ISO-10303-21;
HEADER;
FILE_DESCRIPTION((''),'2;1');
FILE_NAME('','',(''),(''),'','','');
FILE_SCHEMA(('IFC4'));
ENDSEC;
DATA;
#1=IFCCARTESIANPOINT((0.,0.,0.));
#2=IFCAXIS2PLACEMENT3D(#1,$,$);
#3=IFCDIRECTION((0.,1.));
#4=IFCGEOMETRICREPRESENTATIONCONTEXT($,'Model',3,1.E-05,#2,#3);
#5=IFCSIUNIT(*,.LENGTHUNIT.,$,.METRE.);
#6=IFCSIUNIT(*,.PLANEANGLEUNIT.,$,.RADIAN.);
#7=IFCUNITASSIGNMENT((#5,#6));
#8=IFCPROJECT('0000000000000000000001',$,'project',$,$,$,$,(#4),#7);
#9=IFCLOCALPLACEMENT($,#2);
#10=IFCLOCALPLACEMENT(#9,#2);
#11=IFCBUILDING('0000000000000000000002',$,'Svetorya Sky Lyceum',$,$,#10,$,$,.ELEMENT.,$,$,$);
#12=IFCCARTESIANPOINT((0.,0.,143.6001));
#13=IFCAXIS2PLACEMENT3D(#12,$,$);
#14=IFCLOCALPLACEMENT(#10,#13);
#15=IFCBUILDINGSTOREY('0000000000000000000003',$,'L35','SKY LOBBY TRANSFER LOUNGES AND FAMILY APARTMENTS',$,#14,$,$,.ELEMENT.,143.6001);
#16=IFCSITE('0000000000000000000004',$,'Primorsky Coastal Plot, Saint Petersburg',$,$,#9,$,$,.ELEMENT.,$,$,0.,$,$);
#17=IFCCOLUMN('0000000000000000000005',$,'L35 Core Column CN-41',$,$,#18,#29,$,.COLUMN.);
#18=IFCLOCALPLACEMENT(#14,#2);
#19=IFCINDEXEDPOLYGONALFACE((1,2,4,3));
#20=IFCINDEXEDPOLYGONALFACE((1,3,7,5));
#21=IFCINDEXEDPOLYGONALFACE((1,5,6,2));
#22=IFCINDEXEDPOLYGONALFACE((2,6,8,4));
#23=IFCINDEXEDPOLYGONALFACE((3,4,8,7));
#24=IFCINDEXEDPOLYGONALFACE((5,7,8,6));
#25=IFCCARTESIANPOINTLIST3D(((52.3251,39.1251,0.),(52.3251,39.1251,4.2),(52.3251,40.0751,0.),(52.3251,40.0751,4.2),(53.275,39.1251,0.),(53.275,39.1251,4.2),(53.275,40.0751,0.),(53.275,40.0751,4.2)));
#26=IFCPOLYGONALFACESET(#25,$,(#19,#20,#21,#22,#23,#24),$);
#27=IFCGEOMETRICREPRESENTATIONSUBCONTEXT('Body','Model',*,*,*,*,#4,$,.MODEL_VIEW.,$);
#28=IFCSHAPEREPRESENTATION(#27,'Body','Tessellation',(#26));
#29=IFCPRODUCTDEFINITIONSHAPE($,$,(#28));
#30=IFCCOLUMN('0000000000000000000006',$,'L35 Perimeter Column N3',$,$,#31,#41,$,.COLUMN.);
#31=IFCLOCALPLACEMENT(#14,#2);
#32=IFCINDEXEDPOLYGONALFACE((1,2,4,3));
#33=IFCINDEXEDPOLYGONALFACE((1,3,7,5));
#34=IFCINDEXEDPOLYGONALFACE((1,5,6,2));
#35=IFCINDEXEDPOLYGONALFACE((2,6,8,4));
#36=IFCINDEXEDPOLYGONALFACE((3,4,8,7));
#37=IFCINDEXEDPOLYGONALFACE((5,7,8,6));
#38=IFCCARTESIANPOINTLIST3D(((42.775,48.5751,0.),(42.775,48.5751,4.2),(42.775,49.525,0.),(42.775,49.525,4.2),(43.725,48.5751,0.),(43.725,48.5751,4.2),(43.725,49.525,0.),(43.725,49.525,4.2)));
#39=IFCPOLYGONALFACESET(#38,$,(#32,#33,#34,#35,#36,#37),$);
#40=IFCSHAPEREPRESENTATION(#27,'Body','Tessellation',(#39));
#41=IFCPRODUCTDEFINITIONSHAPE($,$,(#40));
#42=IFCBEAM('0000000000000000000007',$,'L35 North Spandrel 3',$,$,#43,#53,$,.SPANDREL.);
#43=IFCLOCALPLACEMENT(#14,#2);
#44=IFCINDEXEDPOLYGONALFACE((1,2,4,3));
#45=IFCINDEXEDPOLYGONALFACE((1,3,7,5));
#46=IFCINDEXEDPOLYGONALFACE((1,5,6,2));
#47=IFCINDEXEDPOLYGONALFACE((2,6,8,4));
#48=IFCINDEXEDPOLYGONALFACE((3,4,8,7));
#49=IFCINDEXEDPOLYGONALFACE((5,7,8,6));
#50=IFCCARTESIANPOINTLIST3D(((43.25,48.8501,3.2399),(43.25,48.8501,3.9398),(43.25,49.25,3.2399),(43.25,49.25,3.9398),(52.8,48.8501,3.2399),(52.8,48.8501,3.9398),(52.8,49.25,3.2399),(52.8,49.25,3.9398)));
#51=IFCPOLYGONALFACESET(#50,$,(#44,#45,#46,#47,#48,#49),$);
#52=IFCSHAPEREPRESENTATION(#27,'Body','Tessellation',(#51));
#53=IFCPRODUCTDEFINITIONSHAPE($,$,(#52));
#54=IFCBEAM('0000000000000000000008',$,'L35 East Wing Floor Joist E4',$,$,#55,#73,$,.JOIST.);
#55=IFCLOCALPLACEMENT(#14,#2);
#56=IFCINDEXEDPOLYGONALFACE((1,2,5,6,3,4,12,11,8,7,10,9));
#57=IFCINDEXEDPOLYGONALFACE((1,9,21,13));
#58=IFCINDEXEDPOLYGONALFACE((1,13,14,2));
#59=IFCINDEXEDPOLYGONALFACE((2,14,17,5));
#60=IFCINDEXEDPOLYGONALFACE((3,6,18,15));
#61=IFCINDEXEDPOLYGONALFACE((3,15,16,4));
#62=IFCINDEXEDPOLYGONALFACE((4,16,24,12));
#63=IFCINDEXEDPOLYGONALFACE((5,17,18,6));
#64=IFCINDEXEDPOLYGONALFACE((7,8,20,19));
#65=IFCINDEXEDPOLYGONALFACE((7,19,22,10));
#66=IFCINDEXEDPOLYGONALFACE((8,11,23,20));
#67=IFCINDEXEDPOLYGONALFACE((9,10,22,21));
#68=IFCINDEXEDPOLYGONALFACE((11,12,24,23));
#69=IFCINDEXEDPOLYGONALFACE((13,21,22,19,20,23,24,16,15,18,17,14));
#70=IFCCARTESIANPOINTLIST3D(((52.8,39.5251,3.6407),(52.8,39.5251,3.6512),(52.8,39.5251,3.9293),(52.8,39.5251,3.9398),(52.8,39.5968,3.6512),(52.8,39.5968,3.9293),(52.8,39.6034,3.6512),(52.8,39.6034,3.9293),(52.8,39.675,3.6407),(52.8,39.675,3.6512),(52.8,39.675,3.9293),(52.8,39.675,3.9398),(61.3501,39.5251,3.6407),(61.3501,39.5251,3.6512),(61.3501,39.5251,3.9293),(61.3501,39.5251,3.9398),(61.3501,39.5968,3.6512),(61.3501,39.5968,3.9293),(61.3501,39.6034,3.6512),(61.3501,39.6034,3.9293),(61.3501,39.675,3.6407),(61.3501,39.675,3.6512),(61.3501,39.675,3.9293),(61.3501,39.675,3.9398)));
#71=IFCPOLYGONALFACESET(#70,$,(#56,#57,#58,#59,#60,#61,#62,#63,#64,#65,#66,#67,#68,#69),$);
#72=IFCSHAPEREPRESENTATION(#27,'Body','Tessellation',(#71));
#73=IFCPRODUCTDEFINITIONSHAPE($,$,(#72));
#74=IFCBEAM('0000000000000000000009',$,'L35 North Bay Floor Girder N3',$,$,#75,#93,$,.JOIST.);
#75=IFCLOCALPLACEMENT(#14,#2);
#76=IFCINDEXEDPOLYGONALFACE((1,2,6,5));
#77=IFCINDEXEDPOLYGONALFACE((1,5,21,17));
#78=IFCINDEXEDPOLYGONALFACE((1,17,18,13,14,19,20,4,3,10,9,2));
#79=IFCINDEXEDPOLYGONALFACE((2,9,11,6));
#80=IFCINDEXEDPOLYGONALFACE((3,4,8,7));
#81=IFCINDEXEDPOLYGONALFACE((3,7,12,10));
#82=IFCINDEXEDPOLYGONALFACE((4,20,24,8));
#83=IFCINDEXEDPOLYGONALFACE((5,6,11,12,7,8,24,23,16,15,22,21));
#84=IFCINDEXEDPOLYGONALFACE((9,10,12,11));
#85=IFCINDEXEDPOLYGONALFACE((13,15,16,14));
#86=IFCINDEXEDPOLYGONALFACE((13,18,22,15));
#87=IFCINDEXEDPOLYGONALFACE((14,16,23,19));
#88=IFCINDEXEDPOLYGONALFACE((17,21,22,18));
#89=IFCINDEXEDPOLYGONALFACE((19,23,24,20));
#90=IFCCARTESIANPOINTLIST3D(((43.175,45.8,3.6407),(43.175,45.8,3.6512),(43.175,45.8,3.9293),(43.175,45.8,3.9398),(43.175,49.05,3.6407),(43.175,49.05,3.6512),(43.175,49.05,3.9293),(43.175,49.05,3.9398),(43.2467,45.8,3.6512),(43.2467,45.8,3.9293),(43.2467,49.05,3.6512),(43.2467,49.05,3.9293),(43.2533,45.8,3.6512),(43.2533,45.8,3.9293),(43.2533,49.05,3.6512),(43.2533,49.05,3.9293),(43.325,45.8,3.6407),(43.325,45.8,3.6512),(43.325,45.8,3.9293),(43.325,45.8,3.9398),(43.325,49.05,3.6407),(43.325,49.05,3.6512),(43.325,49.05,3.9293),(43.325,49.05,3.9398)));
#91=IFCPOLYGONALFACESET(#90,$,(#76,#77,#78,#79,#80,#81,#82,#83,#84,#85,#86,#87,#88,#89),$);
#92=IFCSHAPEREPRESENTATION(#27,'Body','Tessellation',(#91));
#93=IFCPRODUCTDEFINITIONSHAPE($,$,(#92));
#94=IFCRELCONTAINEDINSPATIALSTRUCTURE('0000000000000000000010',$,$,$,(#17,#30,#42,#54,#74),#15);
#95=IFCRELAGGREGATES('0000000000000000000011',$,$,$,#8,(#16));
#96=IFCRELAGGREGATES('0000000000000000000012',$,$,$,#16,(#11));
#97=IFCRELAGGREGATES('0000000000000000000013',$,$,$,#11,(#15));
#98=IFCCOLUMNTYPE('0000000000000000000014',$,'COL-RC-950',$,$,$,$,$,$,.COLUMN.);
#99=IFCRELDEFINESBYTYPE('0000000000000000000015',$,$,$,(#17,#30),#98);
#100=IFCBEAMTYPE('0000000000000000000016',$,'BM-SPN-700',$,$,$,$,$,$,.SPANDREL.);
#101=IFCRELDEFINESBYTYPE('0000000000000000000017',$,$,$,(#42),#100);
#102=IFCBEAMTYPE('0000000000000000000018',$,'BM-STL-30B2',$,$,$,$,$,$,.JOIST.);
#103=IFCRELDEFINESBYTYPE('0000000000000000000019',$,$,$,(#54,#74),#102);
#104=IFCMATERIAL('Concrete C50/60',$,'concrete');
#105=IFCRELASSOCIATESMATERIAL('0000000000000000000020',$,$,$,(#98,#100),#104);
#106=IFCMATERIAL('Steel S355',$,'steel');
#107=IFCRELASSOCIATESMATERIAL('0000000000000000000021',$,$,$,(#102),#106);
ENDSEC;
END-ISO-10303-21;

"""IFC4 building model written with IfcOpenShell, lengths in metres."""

from ifc_helpers import new_model, si_unit, direction, frame, origin, origin_2d, place, context, subcontext, project, spatial, rectangle, i_section, extrude, material, material_profile, profile_set, type_object, element, save


model = new_model("IFC4")

# Units and contexts
model_context = context("Model", 3, precision=1e-05, world=origin(), true_north=direction((0.0, 1.0)))
body_context = subcontext(model_context, "Body", "Model", "MODEL_VIEW")
ifc_project = project(units=[si_unit("LENGTHUNIT", "METRE"), si_unit("PLANEANGLEUNIT", "RADIAN")], contexts=[model_context])

# Site, building, storey
site_placement = place(None, origin())
site = spatial("IfcSite", under=ifc_project, at=site_placement, Name="Primorsky Coastal Plot, Saint Petersburg", CompositionType="ELEMENT", RefElevation=0.0)
building_placement = place(site_placement, origin())
building = spatial("IfcBuilding", under=site, at=building_placement, Name="Svetorya Sky Lyceum", CompositionType="ELEMENT")
storey_placement = place(building_placement, frame((0.0, 0.0, 143.6001)))
storey = spatial("IfcBuildingStorey", under=building, at=storey_placement, Name="L35", Description="SKY LOBBY TRANSFER LOUNGES AND FAMILY APARTMENTS", CompositionType="ELEMENT", Elevation=143.6001)

# Columns
ifc_material_1 = material(Name="Concrete C50/60", Category="concrete")
ifc_material_profile_1 = material_profile(ifc_material_1, rectangle(XDim=0.95, YDim=0.95, at=origin_2d()), Name="RC COL 950x950")
ifc_profile_set_1 = profile_set([ifc_material_profile_1], Name="Concrete C50/60")
column_type = type_object("IfcColumnType", Name="COL-RC-950", PredefinedType="COLUMN", material=ifc_profile_set_1)
for number, where, z_axis, x_axis, name in (
    (1, (52.8, 39.6001, 0.0), (0.0, 0.0, 1.0), (1.0, 0.0, 0.0), "L35 Core Column CN-41"),
    (2, (43.25, 49.05, 0.0), (0.0, 0.0, 1.0), (1.0, 0.0, 0.0), "L35 Perimeter Column N3"),
):
    element("IfcColumn", number, at=place(storey_placement, frame(where, z_axis=z_axis, x_axis=x_axis)), inside=storey, type_object=column_type, Name=name, PredefinedType="COLUMN", context=body_context, shape_type="SweptSolid", body=[
        extrude(rectangle(XDim=0.95, YDim=0.95, at=origin_2d()), origin(), (0.0, 0.0, 1.0), 4.2),
    ])

# Beams
ifc_material_profile_2 = material_profile(ifc_material_1, rectangle(XDim=0.3999, YDim=0.7, at=origin_2d()), Name="RC SPANDREL 400x700")
ifc_profile_set_2 = profile_set([ifc_material_profile_2], Name="Concrete C50/60")
beam_type_1 = type_object("IfcBeamType", Name="BM-SPN-700", PredefinedType="SPANDREL", material=ifc_profile_set_2)
beam_1_placement = place(storey_placement, frame((43.25, 49.05, 3.5898), z_axis=(1.0, 0.0, 0.0), x_axis=(0.0, 1.0, 0.0)))
element("IfcBeam", 3, at=beam_1_placement, inside=storey, type_object=beam_type_1, Name="L35 North Spandrel 3", PredefinedType="SPANDREL", context=body_context, shape_type="SweptSolid", body=[
    extrude(rectangle(XDim=0.3999, YDim=0.7, at=origin_2d()), origin(), (0.0, 0.0, 1.0), 9.55),
])
ifc_material_2 = material(Name="Steel S355", Category="steel")
ifc_material_profile_3 = material_profile(ifc_material_2, i_section(OverallWidth=0.1499, OverallDepth=0.2991, WebThickness=0.0066, FlangeThickness=0.0105, at=origin_2d()), Name="GOST 30B2")
ifc_profile_set_3 = profile_set([ifc_material_profile_3], Name="Steel S355")
beam_type_2 = type_object("IfcBeamType", Name="BM-STL-30B2", PredefinedType="JOIST", material=ifc_profile_set_3)
beam_2_placement = place(storey_placement, frame((52.8, 39.6001, 3.7903), z_axis=(1.0, 0.0, 0.0), x_axis=(0.0, 1.0, 0.0)))
element("IfcBeam", 4, at=beam_2_placement, inside=storey, type_object=beam_type_2, Name="L35 East Wing Floor Joist E4", PredefinedType="JOIST", context=body_context, shape_type="SweptSolid", body=[
    extrude(i_section(OverallWidth=0.1499, OverallDepth=0.2991, WebThickness=0.0066, FlangeThickness=0.0105, at=origin_2d()), origin(), (0.0, 0.0, 1.0), 8.55),
])
beam_3_placement = place(storey_placement, frame((43.25, 45.8, 3.7903), z_axis=(0.0, 1.0, 0.0), x_axis=(-1.0, 0.0, 0.0)))
element("IfcBeam", 5, at=beam_3_placement, inside=storey, type_object=beam_type_2, Name="L35 North Bay Floor Girder N3", PredefinedType="JOIST", context=body_context, shape_type="SweptSolid", body=[
    extrude(i_section(OverallWidth=0.1499, OverallDepth=0.2991, WebThickness=0.0066, FlangeThickness=0.0105, at=origin_2d()), origin(), (0.0, 0.0, 1.0), 3.25),
])

save(model, "model.ifc")
